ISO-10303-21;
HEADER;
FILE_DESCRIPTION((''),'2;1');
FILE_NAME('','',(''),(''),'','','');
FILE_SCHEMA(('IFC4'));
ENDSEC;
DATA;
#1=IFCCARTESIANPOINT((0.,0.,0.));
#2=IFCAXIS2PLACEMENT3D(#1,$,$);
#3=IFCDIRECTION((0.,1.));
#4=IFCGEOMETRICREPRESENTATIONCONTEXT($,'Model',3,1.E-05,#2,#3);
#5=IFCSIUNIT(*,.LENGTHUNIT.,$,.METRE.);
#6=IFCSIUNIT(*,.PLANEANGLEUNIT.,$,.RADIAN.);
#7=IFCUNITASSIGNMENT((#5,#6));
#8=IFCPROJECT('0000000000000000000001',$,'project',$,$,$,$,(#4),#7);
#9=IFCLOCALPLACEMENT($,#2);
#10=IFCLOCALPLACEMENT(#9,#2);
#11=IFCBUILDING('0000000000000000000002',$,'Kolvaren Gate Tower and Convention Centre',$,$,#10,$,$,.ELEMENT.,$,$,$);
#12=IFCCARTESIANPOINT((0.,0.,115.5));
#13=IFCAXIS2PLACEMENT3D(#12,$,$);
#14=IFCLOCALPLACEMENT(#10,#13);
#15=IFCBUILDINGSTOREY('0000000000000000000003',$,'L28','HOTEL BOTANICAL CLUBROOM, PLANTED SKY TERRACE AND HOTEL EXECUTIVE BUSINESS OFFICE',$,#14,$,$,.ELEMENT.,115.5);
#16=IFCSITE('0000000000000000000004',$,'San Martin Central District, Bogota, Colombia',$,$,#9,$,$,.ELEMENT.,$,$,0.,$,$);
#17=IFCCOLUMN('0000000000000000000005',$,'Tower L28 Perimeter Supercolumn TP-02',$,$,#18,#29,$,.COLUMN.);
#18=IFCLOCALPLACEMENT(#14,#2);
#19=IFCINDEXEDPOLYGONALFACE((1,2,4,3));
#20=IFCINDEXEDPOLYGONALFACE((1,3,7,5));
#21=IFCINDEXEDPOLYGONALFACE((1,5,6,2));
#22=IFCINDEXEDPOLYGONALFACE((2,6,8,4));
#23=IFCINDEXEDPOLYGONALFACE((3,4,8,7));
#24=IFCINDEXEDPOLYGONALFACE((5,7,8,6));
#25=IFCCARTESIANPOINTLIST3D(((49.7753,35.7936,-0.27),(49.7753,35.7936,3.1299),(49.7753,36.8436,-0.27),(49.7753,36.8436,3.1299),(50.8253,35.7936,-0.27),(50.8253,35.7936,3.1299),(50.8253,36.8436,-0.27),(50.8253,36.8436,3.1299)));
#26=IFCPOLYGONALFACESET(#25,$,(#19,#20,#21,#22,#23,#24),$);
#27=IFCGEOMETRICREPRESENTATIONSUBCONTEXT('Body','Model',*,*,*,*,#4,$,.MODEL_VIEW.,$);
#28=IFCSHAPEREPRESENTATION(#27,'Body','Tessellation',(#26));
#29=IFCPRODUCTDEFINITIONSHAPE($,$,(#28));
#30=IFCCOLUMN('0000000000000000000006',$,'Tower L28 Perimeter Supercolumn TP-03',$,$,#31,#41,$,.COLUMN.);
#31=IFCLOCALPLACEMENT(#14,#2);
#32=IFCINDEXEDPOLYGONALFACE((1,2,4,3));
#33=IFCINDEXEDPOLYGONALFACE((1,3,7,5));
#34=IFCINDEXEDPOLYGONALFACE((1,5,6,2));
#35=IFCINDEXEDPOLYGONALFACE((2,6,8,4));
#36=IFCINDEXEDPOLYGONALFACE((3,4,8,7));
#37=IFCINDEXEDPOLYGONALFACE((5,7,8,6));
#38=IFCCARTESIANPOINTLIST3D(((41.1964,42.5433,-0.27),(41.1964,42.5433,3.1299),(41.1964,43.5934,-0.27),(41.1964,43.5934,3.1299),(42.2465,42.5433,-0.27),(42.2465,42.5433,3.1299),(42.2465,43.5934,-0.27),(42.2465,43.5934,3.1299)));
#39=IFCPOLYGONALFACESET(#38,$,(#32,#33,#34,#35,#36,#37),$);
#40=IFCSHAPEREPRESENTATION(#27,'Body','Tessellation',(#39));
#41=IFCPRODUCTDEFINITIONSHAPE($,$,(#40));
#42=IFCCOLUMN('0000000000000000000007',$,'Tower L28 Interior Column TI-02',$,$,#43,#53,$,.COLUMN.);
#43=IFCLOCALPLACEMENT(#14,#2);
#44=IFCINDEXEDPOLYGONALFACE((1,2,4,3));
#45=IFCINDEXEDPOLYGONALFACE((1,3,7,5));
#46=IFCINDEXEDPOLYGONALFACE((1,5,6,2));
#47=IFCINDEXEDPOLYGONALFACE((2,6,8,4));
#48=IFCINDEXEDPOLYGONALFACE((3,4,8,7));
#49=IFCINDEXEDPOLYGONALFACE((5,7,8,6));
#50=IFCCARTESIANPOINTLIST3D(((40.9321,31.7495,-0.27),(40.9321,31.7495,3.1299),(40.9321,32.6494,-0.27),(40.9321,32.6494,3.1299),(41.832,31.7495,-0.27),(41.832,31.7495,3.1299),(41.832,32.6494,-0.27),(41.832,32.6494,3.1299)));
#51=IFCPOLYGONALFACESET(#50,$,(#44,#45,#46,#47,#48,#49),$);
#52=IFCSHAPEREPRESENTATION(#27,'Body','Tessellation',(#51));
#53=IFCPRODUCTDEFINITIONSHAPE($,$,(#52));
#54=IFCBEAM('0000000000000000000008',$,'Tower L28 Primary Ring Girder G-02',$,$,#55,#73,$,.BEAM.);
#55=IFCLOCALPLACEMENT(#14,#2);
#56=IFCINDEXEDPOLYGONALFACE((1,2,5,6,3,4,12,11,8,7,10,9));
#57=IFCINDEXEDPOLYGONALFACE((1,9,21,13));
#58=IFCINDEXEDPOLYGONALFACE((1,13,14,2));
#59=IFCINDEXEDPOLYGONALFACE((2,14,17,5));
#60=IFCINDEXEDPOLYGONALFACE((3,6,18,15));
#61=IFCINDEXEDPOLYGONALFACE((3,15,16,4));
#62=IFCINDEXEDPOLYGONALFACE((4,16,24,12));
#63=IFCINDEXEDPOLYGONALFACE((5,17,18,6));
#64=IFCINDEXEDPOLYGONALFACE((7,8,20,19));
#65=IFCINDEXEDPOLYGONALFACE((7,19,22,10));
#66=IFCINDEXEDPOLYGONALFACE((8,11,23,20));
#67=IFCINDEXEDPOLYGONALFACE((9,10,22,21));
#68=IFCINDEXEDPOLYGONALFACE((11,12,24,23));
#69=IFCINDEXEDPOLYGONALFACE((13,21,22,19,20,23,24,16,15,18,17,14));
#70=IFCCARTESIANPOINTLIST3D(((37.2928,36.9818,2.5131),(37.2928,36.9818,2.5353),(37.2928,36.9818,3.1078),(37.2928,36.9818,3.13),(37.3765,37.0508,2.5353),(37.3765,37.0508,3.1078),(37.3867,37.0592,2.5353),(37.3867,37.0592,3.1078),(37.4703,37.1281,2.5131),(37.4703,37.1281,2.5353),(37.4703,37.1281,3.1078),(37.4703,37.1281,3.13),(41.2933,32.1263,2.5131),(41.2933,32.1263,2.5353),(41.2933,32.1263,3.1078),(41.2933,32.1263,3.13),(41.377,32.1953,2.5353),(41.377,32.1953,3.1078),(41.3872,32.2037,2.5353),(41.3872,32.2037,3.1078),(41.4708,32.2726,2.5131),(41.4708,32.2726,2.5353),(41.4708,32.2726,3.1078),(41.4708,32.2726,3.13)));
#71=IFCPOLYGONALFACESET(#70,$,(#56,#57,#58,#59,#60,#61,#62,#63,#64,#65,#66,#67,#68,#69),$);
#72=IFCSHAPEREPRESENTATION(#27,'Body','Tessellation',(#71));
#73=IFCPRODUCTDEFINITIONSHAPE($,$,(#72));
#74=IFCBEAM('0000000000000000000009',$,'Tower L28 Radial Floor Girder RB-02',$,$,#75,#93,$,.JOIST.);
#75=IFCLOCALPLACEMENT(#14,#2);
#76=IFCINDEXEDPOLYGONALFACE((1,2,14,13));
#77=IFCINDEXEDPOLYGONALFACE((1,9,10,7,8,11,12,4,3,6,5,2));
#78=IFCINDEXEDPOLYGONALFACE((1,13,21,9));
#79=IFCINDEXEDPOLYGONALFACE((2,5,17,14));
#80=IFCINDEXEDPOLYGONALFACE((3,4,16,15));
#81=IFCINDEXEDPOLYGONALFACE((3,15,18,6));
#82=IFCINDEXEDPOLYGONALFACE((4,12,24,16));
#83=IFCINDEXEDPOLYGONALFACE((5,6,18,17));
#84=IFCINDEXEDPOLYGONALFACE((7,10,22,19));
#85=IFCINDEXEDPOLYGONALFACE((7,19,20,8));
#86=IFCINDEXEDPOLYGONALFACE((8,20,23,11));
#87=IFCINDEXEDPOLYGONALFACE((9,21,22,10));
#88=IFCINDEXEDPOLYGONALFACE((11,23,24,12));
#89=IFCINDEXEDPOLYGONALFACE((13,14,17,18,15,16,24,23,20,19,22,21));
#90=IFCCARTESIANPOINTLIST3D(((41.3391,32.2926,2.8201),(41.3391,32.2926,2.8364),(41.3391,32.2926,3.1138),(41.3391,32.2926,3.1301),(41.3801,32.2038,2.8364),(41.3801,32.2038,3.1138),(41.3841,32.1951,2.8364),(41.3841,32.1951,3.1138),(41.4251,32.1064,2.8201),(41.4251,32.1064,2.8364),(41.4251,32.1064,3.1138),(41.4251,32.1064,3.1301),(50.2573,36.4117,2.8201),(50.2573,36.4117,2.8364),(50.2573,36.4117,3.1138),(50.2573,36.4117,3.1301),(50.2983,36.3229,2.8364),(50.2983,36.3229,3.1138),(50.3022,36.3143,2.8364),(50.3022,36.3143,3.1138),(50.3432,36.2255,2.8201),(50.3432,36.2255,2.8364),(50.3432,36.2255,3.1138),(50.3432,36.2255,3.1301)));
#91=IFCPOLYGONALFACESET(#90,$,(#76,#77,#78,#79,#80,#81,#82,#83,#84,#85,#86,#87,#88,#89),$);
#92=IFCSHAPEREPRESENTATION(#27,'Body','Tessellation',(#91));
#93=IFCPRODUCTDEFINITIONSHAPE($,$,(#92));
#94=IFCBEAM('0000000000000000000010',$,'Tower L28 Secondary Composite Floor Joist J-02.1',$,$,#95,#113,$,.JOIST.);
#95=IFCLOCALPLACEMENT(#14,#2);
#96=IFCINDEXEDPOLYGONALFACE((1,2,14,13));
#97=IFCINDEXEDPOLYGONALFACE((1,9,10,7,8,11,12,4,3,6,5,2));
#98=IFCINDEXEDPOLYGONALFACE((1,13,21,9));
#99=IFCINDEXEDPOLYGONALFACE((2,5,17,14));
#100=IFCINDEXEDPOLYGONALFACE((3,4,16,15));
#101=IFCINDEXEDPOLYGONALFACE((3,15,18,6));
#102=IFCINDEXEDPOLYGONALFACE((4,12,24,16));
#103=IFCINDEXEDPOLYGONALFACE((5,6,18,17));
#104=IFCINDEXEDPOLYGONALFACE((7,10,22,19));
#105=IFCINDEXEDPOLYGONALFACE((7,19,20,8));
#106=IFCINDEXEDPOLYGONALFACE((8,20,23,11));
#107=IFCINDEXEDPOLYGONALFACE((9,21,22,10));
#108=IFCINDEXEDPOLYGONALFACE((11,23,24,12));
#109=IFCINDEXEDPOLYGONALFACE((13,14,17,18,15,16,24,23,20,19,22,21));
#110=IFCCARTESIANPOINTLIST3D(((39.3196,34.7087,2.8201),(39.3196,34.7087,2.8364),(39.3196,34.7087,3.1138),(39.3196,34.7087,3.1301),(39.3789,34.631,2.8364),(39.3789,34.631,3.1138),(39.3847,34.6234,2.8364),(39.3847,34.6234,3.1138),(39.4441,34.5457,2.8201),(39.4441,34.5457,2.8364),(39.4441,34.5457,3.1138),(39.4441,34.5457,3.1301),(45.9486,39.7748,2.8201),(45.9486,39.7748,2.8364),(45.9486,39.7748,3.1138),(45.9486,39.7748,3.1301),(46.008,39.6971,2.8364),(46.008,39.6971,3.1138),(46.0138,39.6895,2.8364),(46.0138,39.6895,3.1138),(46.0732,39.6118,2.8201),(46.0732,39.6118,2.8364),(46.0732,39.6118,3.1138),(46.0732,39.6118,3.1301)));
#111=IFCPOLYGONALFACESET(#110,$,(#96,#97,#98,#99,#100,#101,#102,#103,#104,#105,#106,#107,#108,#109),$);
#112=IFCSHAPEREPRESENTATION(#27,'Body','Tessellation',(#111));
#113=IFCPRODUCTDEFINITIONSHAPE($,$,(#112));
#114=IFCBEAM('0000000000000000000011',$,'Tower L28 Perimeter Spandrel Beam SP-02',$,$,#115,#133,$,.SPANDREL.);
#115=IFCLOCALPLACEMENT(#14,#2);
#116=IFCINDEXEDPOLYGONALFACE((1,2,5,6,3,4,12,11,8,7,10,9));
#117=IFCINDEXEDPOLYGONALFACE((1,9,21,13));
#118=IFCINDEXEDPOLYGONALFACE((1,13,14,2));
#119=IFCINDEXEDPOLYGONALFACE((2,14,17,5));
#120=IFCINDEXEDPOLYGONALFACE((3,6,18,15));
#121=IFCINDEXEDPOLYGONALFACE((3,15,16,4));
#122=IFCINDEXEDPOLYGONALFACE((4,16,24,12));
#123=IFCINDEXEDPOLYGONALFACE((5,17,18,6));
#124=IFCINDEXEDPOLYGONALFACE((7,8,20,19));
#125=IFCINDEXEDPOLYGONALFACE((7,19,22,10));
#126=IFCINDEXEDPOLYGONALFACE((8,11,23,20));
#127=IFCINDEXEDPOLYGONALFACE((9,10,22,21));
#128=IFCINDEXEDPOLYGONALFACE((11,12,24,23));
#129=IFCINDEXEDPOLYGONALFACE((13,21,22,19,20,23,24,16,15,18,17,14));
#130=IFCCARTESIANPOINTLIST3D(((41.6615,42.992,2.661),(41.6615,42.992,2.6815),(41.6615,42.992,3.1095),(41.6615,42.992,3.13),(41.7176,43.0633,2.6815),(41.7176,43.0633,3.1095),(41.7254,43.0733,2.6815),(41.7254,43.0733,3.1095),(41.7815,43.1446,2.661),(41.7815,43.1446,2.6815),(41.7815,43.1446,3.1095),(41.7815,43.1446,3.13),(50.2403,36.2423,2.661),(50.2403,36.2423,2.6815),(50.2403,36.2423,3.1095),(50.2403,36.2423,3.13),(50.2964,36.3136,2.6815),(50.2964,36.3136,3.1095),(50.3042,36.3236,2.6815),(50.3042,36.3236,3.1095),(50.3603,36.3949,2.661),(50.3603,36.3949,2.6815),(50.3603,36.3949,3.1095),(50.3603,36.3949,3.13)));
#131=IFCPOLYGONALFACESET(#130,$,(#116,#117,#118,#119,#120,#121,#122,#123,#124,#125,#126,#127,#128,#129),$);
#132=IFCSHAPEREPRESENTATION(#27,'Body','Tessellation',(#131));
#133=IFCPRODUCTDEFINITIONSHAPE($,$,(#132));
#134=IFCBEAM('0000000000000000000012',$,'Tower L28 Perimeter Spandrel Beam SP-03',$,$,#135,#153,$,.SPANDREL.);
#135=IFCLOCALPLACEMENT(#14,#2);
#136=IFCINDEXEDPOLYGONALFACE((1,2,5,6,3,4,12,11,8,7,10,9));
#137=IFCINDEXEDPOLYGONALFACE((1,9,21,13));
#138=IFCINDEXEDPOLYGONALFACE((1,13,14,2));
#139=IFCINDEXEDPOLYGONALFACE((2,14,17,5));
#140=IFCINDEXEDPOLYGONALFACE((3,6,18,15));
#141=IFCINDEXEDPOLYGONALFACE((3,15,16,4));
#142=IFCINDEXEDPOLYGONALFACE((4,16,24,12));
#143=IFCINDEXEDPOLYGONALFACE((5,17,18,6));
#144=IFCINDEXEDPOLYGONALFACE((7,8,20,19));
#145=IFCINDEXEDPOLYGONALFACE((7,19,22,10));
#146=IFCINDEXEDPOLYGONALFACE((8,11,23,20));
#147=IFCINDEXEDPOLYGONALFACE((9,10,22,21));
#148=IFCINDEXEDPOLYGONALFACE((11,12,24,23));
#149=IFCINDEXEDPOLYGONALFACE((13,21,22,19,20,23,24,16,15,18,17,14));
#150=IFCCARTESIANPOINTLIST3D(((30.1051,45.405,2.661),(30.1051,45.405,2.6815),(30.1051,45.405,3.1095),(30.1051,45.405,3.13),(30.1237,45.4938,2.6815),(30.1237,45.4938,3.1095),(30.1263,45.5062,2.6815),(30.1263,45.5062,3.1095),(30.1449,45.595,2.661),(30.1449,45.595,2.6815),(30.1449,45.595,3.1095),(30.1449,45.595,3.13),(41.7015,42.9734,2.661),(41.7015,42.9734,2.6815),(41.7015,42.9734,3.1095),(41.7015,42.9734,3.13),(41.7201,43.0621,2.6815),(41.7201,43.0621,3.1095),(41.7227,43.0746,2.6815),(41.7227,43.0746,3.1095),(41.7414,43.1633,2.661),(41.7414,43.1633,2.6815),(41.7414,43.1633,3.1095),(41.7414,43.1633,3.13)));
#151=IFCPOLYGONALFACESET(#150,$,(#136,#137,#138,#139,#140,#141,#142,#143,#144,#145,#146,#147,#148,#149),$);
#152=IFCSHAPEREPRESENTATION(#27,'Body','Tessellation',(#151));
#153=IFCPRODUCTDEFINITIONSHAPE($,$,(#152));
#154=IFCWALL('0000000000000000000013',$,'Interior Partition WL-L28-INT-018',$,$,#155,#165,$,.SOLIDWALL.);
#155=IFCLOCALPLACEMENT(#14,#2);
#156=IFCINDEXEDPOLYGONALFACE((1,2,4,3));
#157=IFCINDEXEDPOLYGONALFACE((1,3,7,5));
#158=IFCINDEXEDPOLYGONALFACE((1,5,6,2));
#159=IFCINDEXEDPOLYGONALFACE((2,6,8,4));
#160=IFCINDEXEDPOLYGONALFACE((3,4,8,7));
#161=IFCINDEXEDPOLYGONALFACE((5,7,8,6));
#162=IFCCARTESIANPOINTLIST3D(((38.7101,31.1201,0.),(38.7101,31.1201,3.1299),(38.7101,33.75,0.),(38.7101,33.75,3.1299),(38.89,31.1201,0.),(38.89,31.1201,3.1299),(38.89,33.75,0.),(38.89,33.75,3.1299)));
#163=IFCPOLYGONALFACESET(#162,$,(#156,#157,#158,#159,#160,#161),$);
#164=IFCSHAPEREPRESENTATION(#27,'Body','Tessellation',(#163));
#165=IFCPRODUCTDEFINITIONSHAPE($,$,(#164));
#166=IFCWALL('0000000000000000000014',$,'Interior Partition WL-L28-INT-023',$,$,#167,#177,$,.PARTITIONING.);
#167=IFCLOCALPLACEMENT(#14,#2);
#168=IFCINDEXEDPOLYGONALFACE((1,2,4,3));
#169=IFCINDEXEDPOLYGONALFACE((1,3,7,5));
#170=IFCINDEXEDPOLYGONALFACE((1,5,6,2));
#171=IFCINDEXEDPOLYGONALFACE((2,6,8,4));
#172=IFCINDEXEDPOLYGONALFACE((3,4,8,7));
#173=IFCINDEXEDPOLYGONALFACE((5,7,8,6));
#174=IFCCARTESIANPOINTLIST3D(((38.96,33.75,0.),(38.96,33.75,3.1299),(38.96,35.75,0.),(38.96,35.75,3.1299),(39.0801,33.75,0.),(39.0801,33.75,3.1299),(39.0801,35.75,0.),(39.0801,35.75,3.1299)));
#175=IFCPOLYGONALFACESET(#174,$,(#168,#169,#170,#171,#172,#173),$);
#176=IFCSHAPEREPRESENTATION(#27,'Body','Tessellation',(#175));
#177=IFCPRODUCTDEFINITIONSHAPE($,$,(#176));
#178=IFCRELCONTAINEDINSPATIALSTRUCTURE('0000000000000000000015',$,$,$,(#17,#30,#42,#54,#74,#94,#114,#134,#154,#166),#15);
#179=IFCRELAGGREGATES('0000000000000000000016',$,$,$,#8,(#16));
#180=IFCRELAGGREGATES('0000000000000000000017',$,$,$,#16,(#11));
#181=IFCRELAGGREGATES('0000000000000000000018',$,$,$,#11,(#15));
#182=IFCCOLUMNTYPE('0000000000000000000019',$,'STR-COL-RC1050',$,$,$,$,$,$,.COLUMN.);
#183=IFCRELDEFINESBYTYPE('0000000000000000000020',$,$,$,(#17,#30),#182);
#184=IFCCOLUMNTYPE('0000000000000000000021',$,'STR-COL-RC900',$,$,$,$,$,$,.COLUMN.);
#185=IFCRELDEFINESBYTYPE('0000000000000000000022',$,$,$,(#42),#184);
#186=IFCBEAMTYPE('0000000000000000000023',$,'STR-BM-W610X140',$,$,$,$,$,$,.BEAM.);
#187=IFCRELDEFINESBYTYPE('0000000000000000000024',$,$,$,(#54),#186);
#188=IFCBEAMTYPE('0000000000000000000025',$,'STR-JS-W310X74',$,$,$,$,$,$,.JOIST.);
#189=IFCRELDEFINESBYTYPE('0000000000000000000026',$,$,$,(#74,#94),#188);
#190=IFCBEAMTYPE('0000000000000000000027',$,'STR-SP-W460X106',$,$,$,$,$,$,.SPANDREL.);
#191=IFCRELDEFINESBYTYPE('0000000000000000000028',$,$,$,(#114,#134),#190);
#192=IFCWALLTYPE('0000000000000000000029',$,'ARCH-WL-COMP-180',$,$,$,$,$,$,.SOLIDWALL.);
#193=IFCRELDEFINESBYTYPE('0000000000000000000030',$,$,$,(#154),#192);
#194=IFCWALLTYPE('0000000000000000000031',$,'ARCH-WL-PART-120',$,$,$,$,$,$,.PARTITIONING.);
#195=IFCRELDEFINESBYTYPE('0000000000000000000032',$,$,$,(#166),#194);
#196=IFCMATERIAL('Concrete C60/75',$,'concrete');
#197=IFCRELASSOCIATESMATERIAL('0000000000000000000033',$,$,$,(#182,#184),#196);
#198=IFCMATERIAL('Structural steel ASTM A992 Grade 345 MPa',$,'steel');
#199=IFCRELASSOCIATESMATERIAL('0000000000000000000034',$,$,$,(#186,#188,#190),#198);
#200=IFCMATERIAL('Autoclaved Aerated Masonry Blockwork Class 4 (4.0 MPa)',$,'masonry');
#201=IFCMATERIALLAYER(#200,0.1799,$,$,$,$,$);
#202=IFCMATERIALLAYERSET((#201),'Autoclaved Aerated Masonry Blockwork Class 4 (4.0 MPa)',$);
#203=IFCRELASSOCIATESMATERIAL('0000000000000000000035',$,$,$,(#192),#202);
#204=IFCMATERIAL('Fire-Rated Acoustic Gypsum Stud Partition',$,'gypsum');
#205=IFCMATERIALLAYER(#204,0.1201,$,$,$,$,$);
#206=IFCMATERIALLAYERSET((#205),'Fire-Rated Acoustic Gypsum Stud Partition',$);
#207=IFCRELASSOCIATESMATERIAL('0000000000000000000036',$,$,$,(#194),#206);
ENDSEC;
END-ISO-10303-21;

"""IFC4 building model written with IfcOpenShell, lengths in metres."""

from ifc_helpers import new_model, si_unit, direction, frame, frame_2d, origin, origin_2d, place, context, subcontext, project, spatial, rectangle, i_section, extrude, material, layer, layer_set, material_profile, profile_set, type_object, element, save


model = new_model("IFC4")

# Units and contexts
model_context = context("Model", 3, precision=1e-05, world=origin(), true_north=direction((0.0, 1.0)))
body_context = subcontext(model_context, "Body", "Model", "MODEL_VIEW")
ifc_project = project(units=[si_unit("LENGTHUNIT", "METRE"), si_unit("PLANEANGLEUNIT", "RADIAN")], contexts=[model_context])

# Site, building, storey
site_placement = place(None, origin())
site = spatial("IfcSite", under=ifc_project, at=site_placement, Name="San Martin Central District, Bogota, Colombia", CompositionType="ELEMENT", RefElevation=0.0)
building_placement = place(site_placement, origin())
building = spatial("IfcBuilding", under=site, at=building_placement, Name="Kolvaren Gate Tower and Convention Centre", CompositionType="ELEMENT")
storey_placement = place(building_placement, frame((0.0, 0.0, 115.5)))
storey = spatial("IfcBuildingStorey", under=building, at=storey_placement, Name="L28", Description="HOTEL BOTANICAL CLUBROOM, PLANTED SKY TERRACE AND HOTEL EXECUTIVE BUSINESS OFFICE", CompositionType="ELEMENT", Elevation=115.5)

# Columns
ifc_material_1 = material(Name="Concrete C60/75", Category="concrete")
ifc_material_profile_1 = material_profile(ifc_material_1, rectangle(XDim=1.05, YDim=1.05, at=origin_2d()), Name="RC-COL-1050X1050")
ifc_profile_set_1 = profile_set([ifc_material_profile_1], Name="Concrete C60/75")
column_type_1 = type_object("IfcColumnType", Name="STR-COL-RC1050", PredefinedType="COLUMN", material=ifc_profile_set_1)
for number, where, z_axis, x_axis, name in (
    (1, (50.3003, 36.3186, -0.27), (0.0, 0.0, 1.0), (1.0, 0.0, 0.0), "Tower L28 Perimeter Supercolumn TP-02"),
    (2, (41.7214, 43.0684, -0.27), (0.0, 0.0, 1.0), (1.0, 0.0, 0.0), "Tower L28 Perimeter Supercolumn TP-03"),
):
    element("IfcColumn", number, at=place(storey_placement, frame(where, z_axis=z_axis, x_axis=x_axis)), inside=storey, type_object=column_type_1, Name=name, PredefinedType="COLUMN", context=body_context, shape_type="SweptSolid", body=[
        extrude(rectangle(XDim=1.05, YDim=1.05, at=origin_2d()), origin(), (0.0, 0.0, 1.0), 3.3999),
    ])
ifc_material_profile_2 = material_profile(ifc_material_1, rectangle(XDim=0.8999, YDim=0.8999, at=origin_2d()), Name="RC-COL-900X900")
ifc_profile_set_2 = profile_set([ifc_material_profile_2], Name="Concrete C60/75")
column_type_2 = type_object("IfcColumnType", Name="STR-COL-RC900", PredefinedType="COLUMN", material=ifc_profile_set_2)
column_placement = place(storey_placement, frame((41.3821, 32.1995, -0.27), z_axis=(0.0, 0.0, 1.0), x_axis=(1.0, 0.0, 0.0)))
element("IfcColumn", 3, at=column_placement, inside=storey, type_object=column_type_2, Name="Tower L28 Interior Column TI-02", PredefinedType="COLUMN", context=body_context, shape_type="SweptSolid", body=[
    extrude(rectangle(XDim=0.8999, YDim=0.8999, at=origin_2d()), origin(), (0.0, 0.0, 1.0), 3.3999),
])

# Beams
ifc_material_2 = material(Name="Structural steel ASTM A992 Grade 345 MPa", Category="steel")
ifc_material_profile_3 = material_profile(ifc_material_2, i_section(OverallWidth=0.23, OverallDepth=0.6169, WebThickness=0.0132, FlangeThickness=0.0222, at=origin_2d()), Name="W610X140")
ifc_profile_set_3 = profile_set([ifc_material_profile_3], Name="Structural steel ASTM A992 Grade 345 MPa")
beam_type_1 = type_object("IfcBeamType", Name="STR-BM-W610X140", PredefinedType="BEAM", material=ifc_profile_set_3)
beam_1_placement = place(storey_placement, frame((41.3821, 32.1995, 2.8215), z_axis=(-0.635884, 0.771785, 0.0), x_axis=(-0.771785, -0.635884, 0.0)))
element("IfcBeam", 4, at=beam_1_placement, inside=storey, type_object=beam_type_1, Name="Tower L28 Primary Ring Girder G-02", PredefinedType="BEAM", context=body_context, shape_type="SweptSolid", body=[
    extrude(i_section(OverallWidth=0.23, OverallDepth=0.6169, WebThickness=0.0132, FlangeThickness=0.0222, at=origin_2d()), origin(), (0.0, 0.0, 1.0), 6.2913),
])
ifc_material_profile_4 = material_profile(ifc_material_2, i_section(OverallWidth=0.2051, OverallDepth=0.3101, WebThickness=0.0095, FlangeThickness=0.0164, at=origin_2d()), Name="W310X74")
ifc_profile_set_4 = profile_set([ifc_material_profile_4], Name="Structural steel ASTM A992 Grade 345 MPa")
beam_type_2 = type_object("IfcBeamType", Name="STR-JS-W310X74", PredefinedType="JOIST", material=ifc_profile_set_4)
beam_2_placement = place(storey_placement, frame((41.3821, 32.1995, 2.9751), z_axis=(0.907842, 0.419313, 0.0), x_axis=(-0.419313, 0.907842, 0.0)))
element("IfcBeam", 5, at=beam_2_placement, inside=storey, type_object=beam_type_2, Name="Tower L28 Radial Floor Girder RB-02", PredefinedType="JOIST", context=body_context, shape_type="SweptSolid", body=[
    extrude(i_section(OverallWidth=0.2051, OverallDepth=0.3101, WebThickness=0.0095, FlangeThickness=0.0164, at=origin_2d()), origin(), (0.0, 0.0, 1.0), 9.8235),
])
beam_3_placement = place(storey_placement, frame((39.3818, 34.6272, 2.9751), z_axis=(0.794542, 0.607209, 0.0), x_axis=(-0.607209, 0.794542, 0.0)))
element("IfcBeam", 6, at=beam_3_placement, inside=storey, type_object=beam_type_2, Name="Tower L28 Secondary Composite Floor Joist J-02.1", PredefinedType="JOIST", context=body_context, shape_type="SweptSolid", body=[
    extrude(i_section(OverallWidth=0.2051, OverallDepth=0.3101, WebThickness=0.0095, FlangeThickness=0.0164, at=origin_2d()), origin(), (0.0, 0.0, 1.0), 8.3433),
])
ifc_material_profile_5 = material_profile(ifc_material_2, i_section(OverallWidth=0.1941, OverallDepth=0.469, WebThickness=0.0127, FlangeThickness=0.0205, at=origin_2d()), Name="W460X106")
ifc_profile_set_5 = profile_set([ifc_material_profile_5], Name="Structural steel ASTM A992 Grade 345 MPa")
beam_type_3 = type_object("IfcBeamType", Name="STR-SP-W460X106", PredefinedType="SPANDREL", material=ifc_profile_set_5)
beam_4_placement = place(storey_placement, frame((50.3003, 36.3186, 2.8955), z_axis=(-0.785908, 0.618344, 0.0), x_axis=(-0.618344, -0.785908, 0.0)))
element("IfcBeam", 7, at=beam_4_placement, inside=storey, type_object=beam_type_3, Name="Tower L28 Perimeter Spandrel Beam SP-02", PredefinedType="SPANDREL", context=body_context, shape_type="SweptSolid", body=[
    extrude(i_section(OverallWidth=0.1941, OverallDepth=0.469, WebThickness=0.0127, FlangeThickness=0.0205, at=origin_2d()), origin(), (0.0, 0.0, 1.0), 10.9158),
])
beam_5_placement = place(storey_placement, frame((41.7214, 43.0684, 2.8955), z_axis=(-0.978715, 0.205225, 0.0), x_axis=(-0.205225, -0.978715, 0.0)))
element("IfcBeam", 8, at=beam_5_placement, inside=storey, type_object=beam_type_3, Name="Tower L28 Perimeter Spandrel Beam SP-03", PredefinedType="SPANDREL", context=body_context, shape_type="SweptSolid", body=[
    extrude(i_section(OverallWidth=0.1941, OverallDepth=0.469, WebThickness=0.0127, FlangeThickness=0.0205, at=origin_2d()), origin(), (0.0, 0.0, 1.0), 11.8486),
])

# Walls
ifc_material_3 = material(Name="Autoclaved Aerated Masonry Blockwork Class 4 (4.0 MPa)", Category="masonry")
ifc_layer_1 = layer(ifc_material_3, 0.1799)
ifc_layer_set_1 = layer_set([ifc_layer_1], Name="Autoclaved Aerated Masonry Blockwork Class 4 (4.0 MPa)")
wall_type_1 = type_object("IfcWallType", Name="ARCH-WL-COMP-180", PredefinedType="SOLIDWALL", material=ifc_layer_set_1)
wall_1_placement = place(storey_placement, frame((38.8, 31.1201, 0.0), z_axis=(0.0, 0.0, 1.0), x_axis=(0.0, 1.0, 0.0)))
element("IfcWall", 9, at=wall_1_placement, inside=storey, type_object=wall_type_1, Name="Interior Partition WL-L28-INT-018", PredefinedType="SOLIDWALL", context=body_context, shape_type="SweptSolid", body=[
    extrude(rectangle(XDim=2.6299, YDim=0.1799, at=frame_2d((1.3149, 0.0))), origin(), (0.0, 0.0, 1.0), 3.1299),
])
ifc_material_4 = material(Name="Fire-Rated Acoustic Gypsum Stud Partition", Category="gypsum")
ifc_layer_2 = layer(ifc_material_4, 0.1201)
ifc_layer_set_2 = layer_set([ifc_layer_2], Name="Fire-Rated Acoustic Gypsum Stud Partition")
wall_type_2 = type_object("IfcWallType", Name="ARCH-WL-PART-120", PredefinedType="PARTITIONING", material=ifc_layer_set_2)
wall_2_placement = place(storey_placement, frame((39.02, 33.75, 0.0), z_axis=(0.0, 0.0, 1.0), x_axis=(0.0, 1.0, 0.0)))
element("IfcWall", 10, at=wall_2_placement, inside=storey, type_object=wall_type_2, Name="Interior Partition WL-L28-INT-023", PredefinedType="PARTITIONING", context=body_context, shape_type="SweptSolid", body=[
    extrude(rectangle(XDim=2.0, YDim=0.1201, at=frame_2d((1.0, 0.0))), origin(), (0.0, 0.0, 1.0), 3.1299),
])

save(model, "model.ifc")
